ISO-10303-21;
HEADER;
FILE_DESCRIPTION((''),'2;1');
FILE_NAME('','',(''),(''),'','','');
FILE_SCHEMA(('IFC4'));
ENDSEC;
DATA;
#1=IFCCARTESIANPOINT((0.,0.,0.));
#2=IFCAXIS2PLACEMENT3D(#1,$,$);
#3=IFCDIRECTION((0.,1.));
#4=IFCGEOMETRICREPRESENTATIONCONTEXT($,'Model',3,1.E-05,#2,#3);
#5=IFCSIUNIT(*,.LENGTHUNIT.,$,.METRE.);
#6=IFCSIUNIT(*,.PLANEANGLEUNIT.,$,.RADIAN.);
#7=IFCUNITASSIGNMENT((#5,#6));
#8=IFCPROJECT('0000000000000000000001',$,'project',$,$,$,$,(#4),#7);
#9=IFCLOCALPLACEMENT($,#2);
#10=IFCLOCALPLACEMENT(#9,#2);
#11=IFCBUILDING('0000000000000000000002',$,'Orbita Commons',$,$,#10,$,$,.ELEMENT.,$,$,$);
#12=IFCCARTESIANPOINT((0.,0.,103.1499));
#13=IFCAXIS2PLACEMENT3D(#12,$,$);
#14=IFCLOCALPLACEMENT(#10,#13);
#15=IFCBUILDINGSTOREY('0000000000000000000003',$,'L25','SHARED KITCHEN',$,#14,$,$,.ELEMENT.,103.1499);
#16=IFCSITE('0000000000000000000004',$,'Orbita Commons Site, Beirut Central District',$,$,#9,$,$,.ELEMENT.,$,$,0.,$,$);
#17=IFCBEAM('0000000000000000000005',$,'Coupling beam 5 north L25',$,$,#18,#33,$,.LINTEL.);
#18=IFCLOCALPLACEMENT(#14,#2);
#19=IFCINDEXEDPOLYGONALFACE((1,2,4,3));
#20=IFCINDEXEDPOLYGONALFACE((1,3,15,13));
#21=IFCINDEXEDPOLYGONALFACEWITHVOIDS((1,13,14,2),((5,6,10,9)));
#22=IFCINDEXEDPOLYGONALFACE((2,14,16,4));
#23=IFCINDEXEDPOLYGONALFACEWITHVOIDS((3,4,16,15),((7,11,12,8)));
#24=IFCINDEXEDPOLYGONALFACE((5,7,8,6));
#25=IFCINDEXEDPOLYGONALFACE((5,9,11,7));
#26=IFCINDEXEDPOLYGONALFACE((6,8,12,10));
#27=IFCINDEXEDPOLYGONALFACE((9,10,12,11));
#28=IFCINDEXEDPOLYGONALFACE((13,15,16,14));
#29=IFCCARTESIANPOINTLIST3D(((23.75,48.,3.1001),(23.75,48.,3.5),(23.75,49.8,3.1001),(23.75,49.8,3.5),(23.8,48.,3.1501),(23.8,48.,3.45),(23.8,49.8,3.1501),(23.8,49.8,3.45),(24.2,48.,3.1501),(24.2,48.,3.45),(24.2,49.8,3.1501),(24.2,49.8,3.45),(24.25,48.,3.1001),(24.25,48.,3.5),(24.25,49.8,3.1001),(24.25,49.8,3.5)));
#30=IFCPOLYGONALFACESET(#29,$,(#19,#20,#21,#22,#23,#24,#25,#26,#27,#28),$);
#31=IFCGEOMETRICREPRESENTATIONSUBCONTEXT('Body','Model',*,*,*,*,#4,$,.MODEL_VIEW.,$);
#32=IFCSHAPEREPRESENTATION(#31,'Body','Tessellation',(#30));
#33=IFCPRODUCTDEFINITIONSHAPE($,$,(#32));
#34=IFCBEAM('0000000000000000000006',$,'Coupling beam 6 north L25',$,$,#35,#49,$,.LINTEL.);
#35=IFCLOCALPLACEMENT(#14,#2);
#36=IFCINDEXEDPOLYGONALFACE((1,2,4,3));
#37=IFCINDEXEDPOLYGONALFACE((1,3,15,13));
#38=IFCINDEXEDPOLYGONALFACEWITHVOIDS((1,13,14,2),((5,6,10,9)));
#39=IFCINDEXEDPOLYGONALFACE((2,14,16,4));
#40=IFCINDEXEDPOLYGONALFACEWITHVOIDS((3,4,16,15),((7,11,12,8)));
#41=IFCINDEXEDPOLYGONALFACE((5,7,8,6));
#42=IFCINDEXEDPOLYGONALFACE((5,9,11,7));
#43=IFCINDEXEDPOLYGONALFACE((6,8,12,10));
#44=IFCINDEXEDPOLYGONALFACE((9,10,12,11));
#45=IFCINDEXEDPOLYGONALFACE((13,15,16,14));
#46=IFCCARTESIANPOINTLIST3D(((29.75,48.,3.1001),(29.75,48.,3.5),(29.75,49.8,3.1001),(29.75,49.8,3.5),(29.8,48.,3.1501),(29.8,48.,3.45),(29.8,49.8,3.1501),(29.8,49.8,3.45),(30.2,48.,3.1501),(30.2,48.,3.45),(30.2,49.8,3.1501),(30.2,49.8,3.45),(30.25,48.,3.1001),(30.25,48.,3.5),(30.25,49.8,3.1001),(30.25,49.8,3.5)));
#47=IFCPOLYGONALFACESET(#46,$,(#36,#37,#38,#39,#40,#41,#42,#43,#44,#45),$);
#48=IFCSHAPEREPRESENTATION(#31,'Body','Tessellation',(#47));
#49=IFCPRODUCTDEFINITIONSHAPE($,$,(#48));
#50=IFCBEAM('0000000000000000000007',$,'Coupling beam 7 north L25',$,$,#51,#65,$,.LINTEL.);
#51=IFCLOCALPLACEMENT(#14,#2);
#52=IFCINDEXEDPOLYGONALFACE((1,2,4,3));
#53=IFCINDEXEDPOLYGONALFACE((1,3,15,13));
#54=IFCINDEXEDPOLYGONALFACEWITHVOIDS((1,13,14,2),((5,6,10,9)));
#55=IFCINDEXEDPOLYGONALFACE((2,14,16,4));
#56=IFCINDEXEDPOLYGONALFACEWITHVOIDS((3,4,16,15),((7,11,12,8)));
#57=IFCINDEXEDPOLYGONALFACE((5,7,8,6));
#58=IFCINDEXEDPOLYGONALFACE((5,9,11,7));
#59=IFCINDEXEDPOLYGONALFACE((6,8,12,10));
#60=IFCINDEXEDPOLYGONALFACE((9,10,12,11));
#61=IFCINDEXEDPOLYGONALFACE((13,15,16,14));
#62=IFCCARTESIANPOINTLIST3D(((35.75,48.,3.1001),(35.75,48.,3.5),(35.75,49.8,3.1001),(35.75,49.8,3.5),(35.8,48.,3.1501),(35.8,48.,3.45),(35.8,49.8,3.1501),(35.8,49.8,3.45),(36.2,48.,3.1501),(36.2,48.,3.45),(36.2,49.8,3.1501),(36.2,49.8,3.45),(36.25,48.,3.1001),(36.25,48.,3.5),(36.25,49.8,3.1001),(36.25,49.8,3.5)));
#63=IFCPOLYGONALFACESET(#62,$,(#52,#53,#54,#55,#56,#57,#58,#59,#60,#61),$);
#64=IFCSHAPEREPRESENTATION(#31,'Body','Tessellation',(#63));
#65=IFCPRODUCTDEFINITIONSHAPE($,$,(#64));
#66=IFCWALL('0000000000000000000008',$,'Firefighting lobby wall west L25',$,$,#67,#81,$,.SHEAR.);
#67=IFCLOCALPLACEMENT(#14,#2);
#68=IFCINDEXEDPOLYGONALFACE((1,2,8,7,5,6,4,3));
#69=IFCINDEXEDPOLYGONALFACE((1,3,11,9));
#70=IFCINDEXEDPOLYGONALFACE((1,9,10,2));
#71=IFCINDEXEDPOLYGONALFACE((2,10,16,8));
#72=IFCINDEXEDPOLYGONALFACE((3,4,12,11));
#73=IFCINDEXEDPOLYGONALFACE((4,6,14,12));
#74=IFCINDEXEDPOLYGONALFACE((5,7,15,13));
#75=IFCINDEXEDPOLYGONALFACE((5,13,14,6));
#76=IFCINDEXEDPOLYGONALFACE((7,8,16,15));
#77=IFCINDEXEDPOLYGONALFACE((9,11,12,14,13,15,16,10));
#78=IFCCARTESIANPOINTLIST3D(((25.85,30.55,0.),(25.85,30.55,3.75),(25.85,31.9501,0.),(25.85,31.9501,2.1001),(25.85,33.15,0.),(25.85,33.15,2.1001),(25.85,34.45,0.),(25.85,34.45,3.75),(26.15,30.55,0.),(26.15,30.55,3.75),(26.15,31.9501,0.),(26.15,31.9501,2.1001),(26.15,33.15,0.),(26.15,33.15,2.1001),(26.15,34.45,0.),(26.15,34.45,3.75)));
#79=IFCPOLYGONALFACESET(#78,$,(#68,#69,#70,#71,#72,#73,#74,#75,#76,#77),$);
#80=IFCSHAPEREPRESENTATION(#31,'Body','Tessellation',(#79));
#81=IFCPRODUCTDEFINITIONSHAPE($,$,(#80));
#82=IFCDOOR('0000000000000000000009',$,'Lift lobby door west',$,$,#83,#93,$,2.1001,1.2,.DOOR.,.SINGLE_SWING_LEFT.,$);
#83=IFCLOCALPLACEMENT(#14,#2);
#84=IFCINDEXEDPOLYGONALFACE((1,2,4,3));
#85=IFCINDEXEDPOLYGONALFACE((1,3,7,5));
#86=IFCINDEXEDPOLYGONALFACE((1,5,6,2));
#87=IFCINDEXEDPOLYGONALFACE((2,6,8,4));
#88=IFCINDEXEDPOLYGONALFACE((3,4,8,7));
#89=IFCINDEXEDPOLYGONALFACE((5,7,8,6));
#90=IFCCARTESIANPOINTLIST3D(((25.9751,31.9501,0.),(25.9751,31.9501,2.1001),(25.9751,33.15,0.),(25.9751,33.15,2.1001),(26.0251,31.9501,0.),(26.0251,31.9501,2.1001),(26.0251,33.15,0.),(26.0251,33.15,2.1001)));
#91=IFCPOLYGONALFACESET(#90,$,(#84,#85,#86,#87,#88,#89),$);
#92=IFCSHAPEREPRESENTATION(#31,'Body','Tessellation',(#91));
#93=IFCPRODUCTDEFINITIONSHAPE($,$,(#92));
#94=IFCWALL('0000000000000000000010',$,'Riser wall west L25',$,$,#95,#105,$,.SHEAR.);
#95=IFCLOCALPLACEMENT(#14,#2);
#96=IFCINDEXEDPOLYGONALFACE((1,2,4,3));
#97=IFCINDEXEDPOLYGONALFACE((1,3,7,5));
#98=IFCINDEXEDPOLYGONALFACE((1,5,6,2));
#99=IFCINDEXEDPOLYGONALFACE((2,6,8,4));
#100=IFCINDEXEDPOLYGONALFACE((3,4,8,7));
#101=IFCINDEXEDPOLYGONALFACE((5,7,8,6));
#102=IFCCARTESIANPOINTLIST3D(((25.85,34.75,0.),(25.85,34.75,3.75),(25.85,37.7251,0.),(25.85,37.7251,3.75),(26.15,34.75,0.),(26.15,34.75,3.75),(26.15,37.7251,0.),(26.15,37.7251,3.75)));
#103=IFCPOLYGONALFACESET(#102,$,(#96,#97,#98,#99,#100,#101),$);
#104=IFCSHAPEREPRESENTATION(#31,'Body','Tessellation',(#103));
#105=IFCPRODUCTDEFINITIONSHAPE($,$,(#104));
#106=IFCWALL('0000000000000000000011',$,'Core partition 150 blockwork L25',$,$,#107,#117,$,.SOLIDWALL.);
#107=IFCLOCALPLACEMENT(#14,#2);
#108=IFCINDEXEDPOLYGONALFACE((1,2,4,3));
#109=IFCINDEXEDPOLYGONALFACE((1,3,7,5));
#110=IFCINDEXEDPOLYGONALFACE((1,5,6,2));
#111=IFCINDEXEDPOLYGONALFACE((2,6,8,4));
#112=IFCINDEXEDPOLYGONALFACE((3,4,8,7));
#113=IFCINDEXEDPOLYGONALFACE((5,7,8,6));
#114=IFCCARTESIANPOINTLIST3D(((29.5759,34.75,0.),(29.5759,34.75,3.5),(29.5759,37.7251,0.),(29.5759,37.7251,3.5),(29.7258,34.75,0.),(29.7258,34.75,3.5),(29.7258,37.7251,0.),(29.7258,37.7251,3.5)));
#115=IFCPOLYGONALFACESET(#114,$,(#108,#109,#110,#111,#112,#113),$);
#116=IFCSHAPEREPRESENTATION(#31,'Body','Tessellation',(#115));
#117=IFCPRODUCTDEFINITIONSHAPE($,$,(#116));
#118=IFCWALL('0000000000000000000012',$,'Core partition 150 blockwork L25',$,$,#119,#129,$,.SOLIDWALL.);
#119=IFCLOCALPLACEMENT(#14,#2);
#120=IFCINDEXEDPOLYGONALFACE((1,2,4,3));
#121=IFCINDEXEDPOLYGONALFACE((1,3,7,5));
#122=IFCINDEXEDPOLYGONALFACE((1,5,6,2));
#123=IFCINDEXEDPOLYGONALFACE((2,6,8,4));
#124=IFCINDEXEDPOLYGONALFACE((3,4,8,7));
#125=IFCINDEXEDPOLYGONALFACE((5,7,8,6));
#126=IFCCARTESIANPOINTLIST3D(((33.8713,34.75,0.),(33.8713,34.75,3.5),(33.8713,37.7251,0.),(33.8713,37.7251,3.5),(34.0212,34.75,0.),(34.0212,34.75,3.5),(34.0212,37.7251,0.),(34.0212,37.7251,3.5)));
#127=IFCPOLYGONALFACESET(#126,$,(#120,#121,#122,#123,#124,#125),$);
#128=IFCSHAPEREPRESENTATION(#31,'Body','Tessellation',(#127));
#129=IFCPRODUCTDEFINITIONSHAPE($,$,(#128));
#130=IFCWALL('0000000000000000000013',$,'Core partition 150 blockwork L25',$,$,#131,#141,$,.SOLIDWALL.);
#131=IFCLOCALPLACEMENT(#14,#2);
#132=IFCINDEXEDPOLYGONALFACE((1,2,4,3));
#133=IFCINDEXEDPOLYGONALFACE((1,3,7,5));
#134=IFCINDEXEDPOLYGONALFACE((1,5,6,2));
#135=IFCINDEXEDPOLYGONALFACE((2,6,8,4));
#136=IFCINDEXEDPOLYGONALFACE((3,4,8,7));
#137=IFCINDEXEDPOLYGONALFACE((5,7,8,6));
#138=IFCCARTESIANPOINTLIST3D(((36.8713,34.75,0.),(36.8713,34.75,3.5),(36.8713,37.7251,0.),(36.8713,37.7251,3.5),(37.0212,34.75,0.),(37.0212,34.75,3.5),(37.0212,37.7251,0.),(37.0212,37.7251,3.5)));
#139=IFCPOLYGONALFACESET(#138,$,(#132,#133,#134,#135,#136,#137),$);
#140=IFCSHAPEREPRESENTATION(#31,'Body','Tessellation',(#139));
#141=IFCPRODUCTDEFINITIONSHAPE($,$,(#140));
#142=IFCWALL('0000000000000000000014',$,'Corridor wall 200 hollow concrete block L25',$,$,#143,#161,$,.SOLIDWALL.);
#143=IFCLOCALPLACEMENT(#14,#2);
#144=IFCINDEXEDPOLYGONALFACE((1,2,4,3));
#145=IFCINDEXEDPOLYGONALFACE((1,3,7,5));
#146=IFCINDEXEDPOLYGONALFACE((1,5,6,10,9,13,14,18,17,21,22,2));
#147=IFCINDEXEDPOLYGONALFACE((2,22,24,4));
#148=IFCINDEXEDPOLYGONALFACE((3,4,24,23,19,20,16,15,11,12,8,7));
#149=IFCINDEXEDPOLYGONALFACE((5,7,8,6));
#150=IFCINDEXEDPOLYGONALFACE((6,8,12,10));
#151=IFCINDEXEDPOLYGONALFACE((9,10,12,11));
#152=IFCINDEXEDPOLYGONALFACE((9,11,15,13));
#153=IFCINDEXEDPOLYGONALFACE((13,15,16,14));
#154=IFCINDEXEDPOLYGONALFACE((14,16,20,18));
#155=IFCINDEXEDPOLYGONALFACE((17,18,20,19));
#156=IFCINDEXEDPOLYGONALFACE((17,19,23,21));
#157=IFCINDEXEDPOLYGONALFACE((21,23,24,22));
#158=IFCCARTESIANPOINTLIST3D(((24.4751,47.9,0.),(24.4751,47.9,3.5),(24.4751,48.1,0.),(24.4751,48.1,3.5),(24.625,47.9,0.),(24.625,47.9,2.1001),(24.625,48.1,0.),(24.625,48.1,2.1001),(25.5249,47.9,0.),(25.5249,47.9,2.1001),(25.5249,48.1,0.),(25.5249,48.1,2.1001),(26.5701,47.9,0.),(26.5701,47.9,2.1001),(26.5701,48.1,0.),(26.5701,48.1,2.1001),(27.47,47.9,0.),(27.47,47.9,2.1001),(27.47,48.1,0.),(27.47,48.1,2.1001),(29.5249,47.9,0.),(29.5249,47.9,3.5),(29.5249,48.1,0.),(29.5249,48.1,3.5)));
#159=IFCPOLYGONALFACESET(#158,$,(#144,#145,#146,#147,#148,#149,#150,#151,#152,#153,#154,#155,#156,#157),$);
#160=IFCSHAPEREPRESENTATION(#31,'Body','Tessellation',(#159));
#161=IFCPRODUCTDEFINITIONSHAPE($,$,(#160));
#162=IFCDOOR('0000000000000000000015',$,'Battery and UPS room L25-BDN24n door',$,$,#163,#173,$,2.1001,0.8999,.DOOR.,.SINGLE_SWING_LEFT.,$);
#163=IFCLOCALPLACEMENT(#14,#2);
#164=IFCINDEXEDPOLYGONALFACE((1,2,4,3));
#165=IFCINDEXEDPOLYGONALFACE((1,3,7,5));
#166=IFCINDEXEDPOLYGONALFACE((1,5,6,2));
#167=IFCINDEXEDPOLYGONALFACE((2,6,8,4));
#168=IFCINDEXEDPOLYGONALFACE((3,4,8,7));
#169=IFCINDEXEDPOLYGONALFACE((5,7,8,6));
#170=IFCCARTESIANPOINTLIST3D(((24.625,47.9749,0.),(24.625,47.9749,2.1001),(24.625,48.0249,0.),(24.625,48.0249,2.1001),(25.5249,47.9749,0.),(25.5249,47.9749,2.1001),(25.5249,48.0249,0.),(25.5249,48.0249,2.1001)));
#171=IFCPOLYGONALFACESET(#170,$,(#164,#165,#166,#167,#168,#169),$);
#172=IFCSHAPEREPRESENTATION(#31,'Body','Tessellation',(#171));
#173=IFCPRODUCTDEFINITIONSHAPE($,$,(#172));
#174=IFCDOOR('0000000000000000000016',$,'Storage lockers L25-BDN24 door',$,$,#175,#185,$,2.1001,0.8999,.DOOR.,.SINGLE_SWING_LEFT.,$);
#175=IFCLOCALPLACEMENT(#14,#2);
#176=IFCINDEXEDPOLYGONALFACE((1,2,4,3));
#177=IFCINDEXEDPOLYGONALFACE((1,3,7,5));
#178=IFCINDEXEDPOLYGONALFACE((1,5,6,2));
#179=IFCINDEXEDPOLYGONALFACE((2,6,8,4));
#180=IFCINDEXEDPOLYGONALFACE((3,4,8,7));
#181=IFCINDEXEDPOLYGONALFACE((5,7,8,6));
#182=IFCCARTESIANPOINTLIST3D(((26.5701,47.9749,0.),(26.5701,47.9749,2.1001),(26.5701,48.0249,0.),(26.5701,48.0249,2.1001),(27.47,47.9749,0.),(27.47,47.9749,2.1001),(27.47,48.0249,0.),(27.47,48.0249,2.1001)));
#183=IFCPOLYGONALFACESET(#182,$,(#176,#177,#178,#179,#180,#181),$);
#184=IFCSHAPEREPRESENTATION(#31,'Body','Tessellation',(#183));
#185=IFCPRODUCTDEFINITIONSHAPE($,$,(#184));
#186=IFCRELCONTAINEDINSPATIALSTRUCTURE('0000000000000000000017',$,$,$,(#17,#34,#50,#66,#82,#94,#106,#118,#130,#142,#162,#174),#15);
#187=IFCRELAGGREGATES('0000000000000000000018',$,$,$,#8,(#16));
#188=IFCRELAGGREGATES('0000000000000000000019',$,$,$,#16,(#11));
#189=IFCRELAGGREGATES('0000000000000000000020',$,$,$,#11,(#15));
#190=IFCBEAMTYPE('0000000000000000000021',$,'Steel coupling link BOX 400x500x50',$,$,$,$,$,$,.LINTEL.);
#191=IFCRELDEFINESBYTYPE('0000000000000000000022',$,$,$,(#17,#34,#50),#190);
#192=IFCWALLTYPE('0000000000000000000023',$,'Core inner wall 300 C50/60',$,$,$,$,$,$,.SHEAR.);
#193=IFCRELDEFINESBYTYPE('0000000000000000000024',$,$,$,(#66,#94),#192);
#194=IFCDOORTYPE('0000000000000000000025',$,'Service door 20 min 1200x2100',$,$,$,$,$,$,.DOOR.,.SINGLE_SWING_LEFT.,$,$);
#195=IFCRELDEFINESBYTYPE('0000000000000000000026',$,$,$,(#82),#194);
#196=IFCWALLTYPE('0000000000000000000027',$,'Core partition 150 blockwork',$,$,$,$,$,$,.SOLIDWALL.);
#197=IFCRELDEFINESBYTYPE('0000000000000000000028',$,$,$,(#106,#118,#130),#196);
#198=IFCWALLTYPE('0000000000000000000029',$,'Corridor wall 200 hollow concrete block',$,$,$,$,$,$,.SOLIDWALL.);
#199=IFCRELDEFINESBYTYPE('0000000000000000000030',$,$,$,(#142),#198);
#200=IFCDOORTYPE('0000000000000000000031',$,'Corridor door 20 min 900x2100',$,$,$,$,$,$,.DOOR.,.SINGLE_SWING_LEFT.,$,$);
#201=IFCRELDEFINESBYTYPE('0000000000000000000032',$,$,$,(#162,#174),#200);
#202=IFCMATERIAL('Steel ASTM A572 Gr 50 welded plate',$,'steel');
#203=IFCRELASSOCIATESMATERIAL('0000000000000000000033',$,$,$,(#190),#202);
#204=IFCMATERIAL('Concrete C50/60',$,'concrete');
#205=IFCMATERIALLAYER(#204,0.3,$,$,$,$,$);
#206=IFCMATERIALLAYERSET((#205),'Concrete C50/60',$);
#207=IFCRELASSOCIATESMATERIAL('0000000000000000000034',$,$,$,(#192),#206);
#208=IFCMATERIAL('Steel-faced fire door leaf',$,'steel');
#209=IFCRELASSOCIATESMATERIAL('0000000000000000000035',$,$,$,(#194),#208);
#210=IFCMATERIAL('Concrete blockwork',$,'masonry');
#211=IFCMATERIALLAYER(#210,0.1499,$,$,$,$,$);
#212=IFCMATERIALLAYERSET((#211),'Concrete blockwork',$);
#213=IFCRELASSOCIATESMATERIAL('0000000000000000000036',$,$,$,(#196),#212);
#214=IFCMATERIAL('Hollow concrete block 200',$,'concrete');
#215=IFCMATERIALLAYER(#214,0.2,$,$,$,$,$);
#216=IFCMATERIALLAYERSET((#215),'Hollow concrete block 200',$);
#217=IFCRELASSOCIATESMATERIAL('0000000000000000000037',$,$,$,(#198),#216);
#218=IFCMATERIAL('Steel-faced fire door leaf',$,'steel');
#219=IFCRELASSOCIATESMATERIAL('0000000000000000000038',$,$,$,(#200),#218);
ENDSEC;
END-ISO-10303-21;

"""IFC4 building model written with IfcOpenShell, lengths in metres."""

from ifc_helpers import new_model, si_unit, direction, frame, frame_2d, origin, origin_2d, place, context, subcontext, project, spatial, rectangle, hollow_rectangle, extrude, material, layer, layer_set, material_profile, profile_set, type_object, element, fill, save


model = new_model("IFC4")

# Units and contexts
model_context = context("Model", 3, precision=1e-05, world=origin(), true_north=direction((0.0, 1.0)))
body_context = subcontext(model_context, "Body", "Model", "MODEL_VIEW")
ifc_project = project(units=[si_unit("LENGTHUNIT", "METRE"), si_unit("PLANEANGLEUNIT", "RADIAN")], contexts=[model_context])

# Site, building, storey
site_placement = place(None, origin())
site = spatial("IfcSite", under=ifc_project, at=site_placement, Name="Orbita Commons Site, Beirut Central District", CompositionType="ELEMENT", RefElevation=0.0)
building_placement = place(site_placement, origin())
building = spatial("IfcBuilding", under=site, at=building_placement, Name="Orbita Commons", CompositionType="ELEMENT")
storey_placement = place(building_placement, frame((0.0, 0.0, 103.1499)))
storey = spatial("IfcBuildingStorey", under=building, at=storey_placement, Name="L25", Description="SHARED KITCHEN", CompositionType="ELEMENT", Elevation=103.1499)

# Beams
ifc_material_1 = material(Name="Steel ASTM A572 Gr 50 welded plate", Category="steel")
ifc_material_profile = material_profile(ifc_material_1, hollow_rectangle(XDim=0.5, YDim=0.3999, WallThickness=0.05, at=origin_2d()), Name="BOX 400x500x50")
ifc_profile_set = profile_set([ifc_material_profile], Name="Steel ASTM A572 Gr 50 welded plate")
beam_type = type_object("IfcBeamType", Name="Steel coupling link BOX 400x500x50", PredefinedType="LINTEL", material=ifc_profile_set)
for number, where, z_axis, x_axis, name in (
    (1, (24.0, 48.0, 3.3), (0.0, 1.0, 0.0), (-1.0, 0.0, 0.0), "Coupling beam 5 north L25"),
    (2, (30.0, 48.0, 3.3), (0.0, 1.0, 0.0), (-1.0, 0.0, 0.0), "Coupling beam 6 north L25"),
    (3, (36.0, 48.0, 3.3), (0.0, 1.0, 0.0), (-1.0, 0.0, 0.0), "Coupling beam 7 north L25"),
):
    element("IfcBeam", number, at=place(storey_placement, frame(where, z_axis=z_axis, x_axis=x_axis)), inside=storey, type_object=beam_type, Name=name, PredefinedType="LINTEL", context=body_context, shape_type="SweptSolid", body=[
        extrude(hollow_rectangle(XDim=0.5, YDim=0.3999, WallThickness=0.05, at=origin_2d()), origin(), (0.0, 0.0, 1.0), 1.8),
    ])

# Wall, opening, door
ifc_material_2 = material(Name="Concrete C50/60", Category="concrete")
ifc_layer_1 = layer(ifc_material_2, 0.3)
ifc_layer_set_1 = layer_set([ifc_layer_1], Name="Concrete C50/60")
wall_type_1 = type_object("IfcWallType", Name="Core inner wall 300 C50/60", PredefinedType="SHEAR", material=ifc_layer_set_1)
wall_1_placement = place(storey_placement, frame((26.0, 30.55, 0.0), z_axis=(0.0, 0.0, 1.0), x_axis=(0.0, 1.0, 0.0)))
wall_1 = element("IfcWall", 4, at=wall_1_placement, inside=storey, type_object=wall_type_1, Name="Firefighting lobby wall west L25", PredefinedType="SHEAR", context=body_context, shape_type="SweptSolid", body=[
    extrude(rectangle(XDim=3.8999, YDim=0.3, at=frame_2d((1.95, 0.0))), origin(), (0.0, 0.0, 1.0), 3.75),
])
opening_1_placement = place(wall_1_placement, frame((1.3999, 0.0, 0.0)))
opening_1 = element("IfcOpeningElement", 5, at=opening_1_placement, cuts=wall_1, PredefinedType="OPENING", context=body_context, shape_type="SweptSolid", body=[
    extrude(rectangle(XDim=1.2, YDim=2.1001, at=frame_2d((0.6001, 1.05))), frame((0.0, 0.1599, 0.0), z_axis=(0.0, -1.0, 0.0), x_axis=(1.0, 0.0, 0.0)), (0.0, 0.0, 1.0), 0.3201),
])
ifc_material_3 = material(Name="Steel-faced fire door leaf", Category="steel")
door_type_1 = type_object("IfcDoorType", Name="Service door 20 min 1200x2100", OperationType="SINGLE_SWING_LEFT", PredefinedType="DOOR", material=ifc_material_3)
door_1_placement = place(opening_1_placement, origin())
door_1 = element("IfcDoor", 6, at=door_1_placement, inside=storey, type_object=door_type_1, Name="Lift lobby door west", OperationType="SINGLE_SWING_LEFT", OverallHeight=2.1001, OverallWidth=1.2, PredefinedType="DOOR", context=body_context, shape_type="SweptSolid", body=[
    extrude(rectangle(XDim=1.2, YDim=2.1001, at=frame_2d((0.6001, 1.05))), frame((0.0, 0.0249, 0.0), z_axis=(0.0, -1.0, 0.0), x_axis=(1.0, 0.0, 0.0)), (0.0, 0.0, 1.0), 0.05),
])
fill(opening_1, door_1)

# Walls
wall_2_placement = place(storey_placement, frame((26.0, 34.75, 0.0), z_axis=(0.0, 0.0, 1.0), x_axis=(0.0, 1.0, 0.0)))
element("IfcWall", 7, at=wall_2_placement, inside=storey, type_object=wall_type_1, Name="Riser wall west L25", PredefinedType="SHEAR", context=body_context, shape_type="SweptSolid", body=[
    extrude(rectangle(XDim=2.9751, YDim=0.3, at=frame_2d((1.4875, 0.0))), origin(), (0.0, 0.0, 1.0), 3.75),
])
ifc_material_4 = material(Name="Concrete blockwork", Category="masonry")
ifc_layer_2 = layer(ifc_material_4, 0.1499)
ifc_layer_set_2 = layer_set([ifc_layer_2], Name="Concrete blockwork")
wall_type_2 = type_object("IfcWallType", Name="Core partition 150 blockwork", PredefinedType="SOLIDWALL", material=ifc_layer_set_2)
for number, where, z_axis, x_axis, name in (
    (8, (29.6509, 34.75, 0.0), (0.0, 0.0, 1.0), (0.0, 1.0, 0.0), "Core partition 150 blockwork L25"),
    (9, (33.9463, 34.75, 0.0), (0.0, 0.0, 1.0), (0.0, 1.0, 0.0), "Core partition 150 blockwork L25"),
    (10, (36.9463, 34.75, 0.0), (0.0, 0.0, 1.0), (0.0, 1.0, 0.0), "Core partition 150 blockwork L25"),
):
    element("IfcWall", number, at=place(storey_placement, frame(where, z_axis=z_axis, x_axis=x_axis)), inside=storey, type_object=wall_type_2, Name=name, PredefinedType="SOLIDWALL", context=body_context, shape_type="SweptSolid", body=[
        extrude(rectangle(XDim=2.9751, YDim=0.1499, at=frame_2d((1.4875, 0.0))), origin(), (0.0, 0.0, 1.0), 3.5),
    ])

# Wall, openings, doors
ifc_material_5 = material(Name="Hollow concrete block 200", Category="concrete")
ifc_layer_3 = layer(ifc_material_5, 0.2)
ifc_layer_set_3 = layer_set([ifc_layer_3], Name="Hollow concrete block 200")
wall_type_3 = type_object("IfcWallType", Name="Corridor wall 200 hollow concrete block", PredefinedType="SOLIDWALL", material=ifc_layer_set_3)
wall_3_placement = place(storey_placement, frame((24.4751, 48.0, 0.0), z_axis=(0.0, 0.0, 1.0), x_axis=(1.0, 0.0, 0.0)))
wall_3 = element("IfcWall", 11, at=wall_3_placement, inside=storey, type_object=wall_type_3, Name="Corridor wall 200 hollow concrete block L25", PredefinedType="SOLIDWALL", context=body_context, shape_type="SweptSolid", body=[
    extrude(rectangle(XDim=5.0498, YDim=0.2, at=frame_2d((2.5249, 0.0))), origin(), (0.0, 0.0, 1.0), 3.5),
])
opening_2_placement = place(wall_3_placement, frame((0.1499, 0.0, 0.0)))
opening_2 = element("IfcOpeningElement", 12, at=opening_2_placement, cuts=wall_3, PredefinedType="OPENING", context=body_context, shape_type="SweptSolid", body=[
    extrude(rectangle(XDim=0.8999, YDim=2.1001, at=frame_2d((0.45, 1.05))), frame((0.0, 0.1099, 0.0), z_axis=(0.0, -1.0, 0.0), x_axis=(1.0, 0.0, 0.0)), (0.0, 0.0, 1.0), 0.22),
])
opening_3_placement = place(wall_3_placement, frame((2.095, 0.0, 0.0)))
opening_3 = element("IfcOpeningElement", 13, at=opening_3_placement, cuts=wall_3, PredefinedType="OPENING", context=body_context, shape_type="SweptSolid", body=[
    extrude(rectangle(XDim=0.8999, YDim=2.1001, at=frame_2d((0.45, 1.05))), frame((0.0, 0.1099, 0.0), z_axis=(0.0, -1.0, 0.0), x_axis=(1.0, 0.0, 0.0)), (0.0, 0.0, 1.0), 0.22),
])
ifc_material_6 = material(Name="Steel-faced fire door leaf", Category="steel")
door_type_2 = type_object("IfcDoorType", Name="Corridor door 20 min 900x2100", OperationType="SINGLE_SWING_LEFT", PredefinedType="DOOR", material=ifc_material_6)
door_2_placement = place(opening_2_placement, origin())
door_2 = element("IfcDoor", 14, at=door_2_placement, inside=storey, type_object=door_type_2, Name="Battery and UPS room L25-BDN24n door", OperationType="SINGLE_SWING_LEFT", OverallHeight=2.1001, OverallWidth=0.8999, PredefinedType="DOOR", context=body_context, shape_type="SweptSolid", body=[
    extrude(rectangle(XDim=0.8999, YDim=2.1001, at=frame_2d((0.45, 1.05))), frame((0.0, 0.0249, 0.0), z_axis=(0.0, -1.0, 0.0), x_axis=(1.0, 0.0, 0.0)), (0.0, 0.0, 1.0), 0.05),
])
fill(opening_2, door_2)
door_3_placement = place(opening_3_placement, origin())
door_3 = element("IfcDoor", 15, at=door_3_placement, inside=storey, type_object=door_type_2, Name="Storage lockers L25-BDN24 door", OperationType="SINGLE_SWING_LEFT", OverallHeight=2.1001, OverallWidth=0.8999, PredefinedType="DOOR", context=body_context, shape_type="SweptSolid", body=[
    extrude(rectangle(XDim=0.8999, YDim=2.1001, at=frame_2d((0.45, 1.05))), frame((0.0, 0.0249, 0.0), z_axis=(0.0, -1.0, 0.0), x_axis=(1.0, 0.0, 0.0)), (0.0, 0.0, 1.0), 0.05),
])
fill(opening_3, door_3)

save(model, "model.ifc")
